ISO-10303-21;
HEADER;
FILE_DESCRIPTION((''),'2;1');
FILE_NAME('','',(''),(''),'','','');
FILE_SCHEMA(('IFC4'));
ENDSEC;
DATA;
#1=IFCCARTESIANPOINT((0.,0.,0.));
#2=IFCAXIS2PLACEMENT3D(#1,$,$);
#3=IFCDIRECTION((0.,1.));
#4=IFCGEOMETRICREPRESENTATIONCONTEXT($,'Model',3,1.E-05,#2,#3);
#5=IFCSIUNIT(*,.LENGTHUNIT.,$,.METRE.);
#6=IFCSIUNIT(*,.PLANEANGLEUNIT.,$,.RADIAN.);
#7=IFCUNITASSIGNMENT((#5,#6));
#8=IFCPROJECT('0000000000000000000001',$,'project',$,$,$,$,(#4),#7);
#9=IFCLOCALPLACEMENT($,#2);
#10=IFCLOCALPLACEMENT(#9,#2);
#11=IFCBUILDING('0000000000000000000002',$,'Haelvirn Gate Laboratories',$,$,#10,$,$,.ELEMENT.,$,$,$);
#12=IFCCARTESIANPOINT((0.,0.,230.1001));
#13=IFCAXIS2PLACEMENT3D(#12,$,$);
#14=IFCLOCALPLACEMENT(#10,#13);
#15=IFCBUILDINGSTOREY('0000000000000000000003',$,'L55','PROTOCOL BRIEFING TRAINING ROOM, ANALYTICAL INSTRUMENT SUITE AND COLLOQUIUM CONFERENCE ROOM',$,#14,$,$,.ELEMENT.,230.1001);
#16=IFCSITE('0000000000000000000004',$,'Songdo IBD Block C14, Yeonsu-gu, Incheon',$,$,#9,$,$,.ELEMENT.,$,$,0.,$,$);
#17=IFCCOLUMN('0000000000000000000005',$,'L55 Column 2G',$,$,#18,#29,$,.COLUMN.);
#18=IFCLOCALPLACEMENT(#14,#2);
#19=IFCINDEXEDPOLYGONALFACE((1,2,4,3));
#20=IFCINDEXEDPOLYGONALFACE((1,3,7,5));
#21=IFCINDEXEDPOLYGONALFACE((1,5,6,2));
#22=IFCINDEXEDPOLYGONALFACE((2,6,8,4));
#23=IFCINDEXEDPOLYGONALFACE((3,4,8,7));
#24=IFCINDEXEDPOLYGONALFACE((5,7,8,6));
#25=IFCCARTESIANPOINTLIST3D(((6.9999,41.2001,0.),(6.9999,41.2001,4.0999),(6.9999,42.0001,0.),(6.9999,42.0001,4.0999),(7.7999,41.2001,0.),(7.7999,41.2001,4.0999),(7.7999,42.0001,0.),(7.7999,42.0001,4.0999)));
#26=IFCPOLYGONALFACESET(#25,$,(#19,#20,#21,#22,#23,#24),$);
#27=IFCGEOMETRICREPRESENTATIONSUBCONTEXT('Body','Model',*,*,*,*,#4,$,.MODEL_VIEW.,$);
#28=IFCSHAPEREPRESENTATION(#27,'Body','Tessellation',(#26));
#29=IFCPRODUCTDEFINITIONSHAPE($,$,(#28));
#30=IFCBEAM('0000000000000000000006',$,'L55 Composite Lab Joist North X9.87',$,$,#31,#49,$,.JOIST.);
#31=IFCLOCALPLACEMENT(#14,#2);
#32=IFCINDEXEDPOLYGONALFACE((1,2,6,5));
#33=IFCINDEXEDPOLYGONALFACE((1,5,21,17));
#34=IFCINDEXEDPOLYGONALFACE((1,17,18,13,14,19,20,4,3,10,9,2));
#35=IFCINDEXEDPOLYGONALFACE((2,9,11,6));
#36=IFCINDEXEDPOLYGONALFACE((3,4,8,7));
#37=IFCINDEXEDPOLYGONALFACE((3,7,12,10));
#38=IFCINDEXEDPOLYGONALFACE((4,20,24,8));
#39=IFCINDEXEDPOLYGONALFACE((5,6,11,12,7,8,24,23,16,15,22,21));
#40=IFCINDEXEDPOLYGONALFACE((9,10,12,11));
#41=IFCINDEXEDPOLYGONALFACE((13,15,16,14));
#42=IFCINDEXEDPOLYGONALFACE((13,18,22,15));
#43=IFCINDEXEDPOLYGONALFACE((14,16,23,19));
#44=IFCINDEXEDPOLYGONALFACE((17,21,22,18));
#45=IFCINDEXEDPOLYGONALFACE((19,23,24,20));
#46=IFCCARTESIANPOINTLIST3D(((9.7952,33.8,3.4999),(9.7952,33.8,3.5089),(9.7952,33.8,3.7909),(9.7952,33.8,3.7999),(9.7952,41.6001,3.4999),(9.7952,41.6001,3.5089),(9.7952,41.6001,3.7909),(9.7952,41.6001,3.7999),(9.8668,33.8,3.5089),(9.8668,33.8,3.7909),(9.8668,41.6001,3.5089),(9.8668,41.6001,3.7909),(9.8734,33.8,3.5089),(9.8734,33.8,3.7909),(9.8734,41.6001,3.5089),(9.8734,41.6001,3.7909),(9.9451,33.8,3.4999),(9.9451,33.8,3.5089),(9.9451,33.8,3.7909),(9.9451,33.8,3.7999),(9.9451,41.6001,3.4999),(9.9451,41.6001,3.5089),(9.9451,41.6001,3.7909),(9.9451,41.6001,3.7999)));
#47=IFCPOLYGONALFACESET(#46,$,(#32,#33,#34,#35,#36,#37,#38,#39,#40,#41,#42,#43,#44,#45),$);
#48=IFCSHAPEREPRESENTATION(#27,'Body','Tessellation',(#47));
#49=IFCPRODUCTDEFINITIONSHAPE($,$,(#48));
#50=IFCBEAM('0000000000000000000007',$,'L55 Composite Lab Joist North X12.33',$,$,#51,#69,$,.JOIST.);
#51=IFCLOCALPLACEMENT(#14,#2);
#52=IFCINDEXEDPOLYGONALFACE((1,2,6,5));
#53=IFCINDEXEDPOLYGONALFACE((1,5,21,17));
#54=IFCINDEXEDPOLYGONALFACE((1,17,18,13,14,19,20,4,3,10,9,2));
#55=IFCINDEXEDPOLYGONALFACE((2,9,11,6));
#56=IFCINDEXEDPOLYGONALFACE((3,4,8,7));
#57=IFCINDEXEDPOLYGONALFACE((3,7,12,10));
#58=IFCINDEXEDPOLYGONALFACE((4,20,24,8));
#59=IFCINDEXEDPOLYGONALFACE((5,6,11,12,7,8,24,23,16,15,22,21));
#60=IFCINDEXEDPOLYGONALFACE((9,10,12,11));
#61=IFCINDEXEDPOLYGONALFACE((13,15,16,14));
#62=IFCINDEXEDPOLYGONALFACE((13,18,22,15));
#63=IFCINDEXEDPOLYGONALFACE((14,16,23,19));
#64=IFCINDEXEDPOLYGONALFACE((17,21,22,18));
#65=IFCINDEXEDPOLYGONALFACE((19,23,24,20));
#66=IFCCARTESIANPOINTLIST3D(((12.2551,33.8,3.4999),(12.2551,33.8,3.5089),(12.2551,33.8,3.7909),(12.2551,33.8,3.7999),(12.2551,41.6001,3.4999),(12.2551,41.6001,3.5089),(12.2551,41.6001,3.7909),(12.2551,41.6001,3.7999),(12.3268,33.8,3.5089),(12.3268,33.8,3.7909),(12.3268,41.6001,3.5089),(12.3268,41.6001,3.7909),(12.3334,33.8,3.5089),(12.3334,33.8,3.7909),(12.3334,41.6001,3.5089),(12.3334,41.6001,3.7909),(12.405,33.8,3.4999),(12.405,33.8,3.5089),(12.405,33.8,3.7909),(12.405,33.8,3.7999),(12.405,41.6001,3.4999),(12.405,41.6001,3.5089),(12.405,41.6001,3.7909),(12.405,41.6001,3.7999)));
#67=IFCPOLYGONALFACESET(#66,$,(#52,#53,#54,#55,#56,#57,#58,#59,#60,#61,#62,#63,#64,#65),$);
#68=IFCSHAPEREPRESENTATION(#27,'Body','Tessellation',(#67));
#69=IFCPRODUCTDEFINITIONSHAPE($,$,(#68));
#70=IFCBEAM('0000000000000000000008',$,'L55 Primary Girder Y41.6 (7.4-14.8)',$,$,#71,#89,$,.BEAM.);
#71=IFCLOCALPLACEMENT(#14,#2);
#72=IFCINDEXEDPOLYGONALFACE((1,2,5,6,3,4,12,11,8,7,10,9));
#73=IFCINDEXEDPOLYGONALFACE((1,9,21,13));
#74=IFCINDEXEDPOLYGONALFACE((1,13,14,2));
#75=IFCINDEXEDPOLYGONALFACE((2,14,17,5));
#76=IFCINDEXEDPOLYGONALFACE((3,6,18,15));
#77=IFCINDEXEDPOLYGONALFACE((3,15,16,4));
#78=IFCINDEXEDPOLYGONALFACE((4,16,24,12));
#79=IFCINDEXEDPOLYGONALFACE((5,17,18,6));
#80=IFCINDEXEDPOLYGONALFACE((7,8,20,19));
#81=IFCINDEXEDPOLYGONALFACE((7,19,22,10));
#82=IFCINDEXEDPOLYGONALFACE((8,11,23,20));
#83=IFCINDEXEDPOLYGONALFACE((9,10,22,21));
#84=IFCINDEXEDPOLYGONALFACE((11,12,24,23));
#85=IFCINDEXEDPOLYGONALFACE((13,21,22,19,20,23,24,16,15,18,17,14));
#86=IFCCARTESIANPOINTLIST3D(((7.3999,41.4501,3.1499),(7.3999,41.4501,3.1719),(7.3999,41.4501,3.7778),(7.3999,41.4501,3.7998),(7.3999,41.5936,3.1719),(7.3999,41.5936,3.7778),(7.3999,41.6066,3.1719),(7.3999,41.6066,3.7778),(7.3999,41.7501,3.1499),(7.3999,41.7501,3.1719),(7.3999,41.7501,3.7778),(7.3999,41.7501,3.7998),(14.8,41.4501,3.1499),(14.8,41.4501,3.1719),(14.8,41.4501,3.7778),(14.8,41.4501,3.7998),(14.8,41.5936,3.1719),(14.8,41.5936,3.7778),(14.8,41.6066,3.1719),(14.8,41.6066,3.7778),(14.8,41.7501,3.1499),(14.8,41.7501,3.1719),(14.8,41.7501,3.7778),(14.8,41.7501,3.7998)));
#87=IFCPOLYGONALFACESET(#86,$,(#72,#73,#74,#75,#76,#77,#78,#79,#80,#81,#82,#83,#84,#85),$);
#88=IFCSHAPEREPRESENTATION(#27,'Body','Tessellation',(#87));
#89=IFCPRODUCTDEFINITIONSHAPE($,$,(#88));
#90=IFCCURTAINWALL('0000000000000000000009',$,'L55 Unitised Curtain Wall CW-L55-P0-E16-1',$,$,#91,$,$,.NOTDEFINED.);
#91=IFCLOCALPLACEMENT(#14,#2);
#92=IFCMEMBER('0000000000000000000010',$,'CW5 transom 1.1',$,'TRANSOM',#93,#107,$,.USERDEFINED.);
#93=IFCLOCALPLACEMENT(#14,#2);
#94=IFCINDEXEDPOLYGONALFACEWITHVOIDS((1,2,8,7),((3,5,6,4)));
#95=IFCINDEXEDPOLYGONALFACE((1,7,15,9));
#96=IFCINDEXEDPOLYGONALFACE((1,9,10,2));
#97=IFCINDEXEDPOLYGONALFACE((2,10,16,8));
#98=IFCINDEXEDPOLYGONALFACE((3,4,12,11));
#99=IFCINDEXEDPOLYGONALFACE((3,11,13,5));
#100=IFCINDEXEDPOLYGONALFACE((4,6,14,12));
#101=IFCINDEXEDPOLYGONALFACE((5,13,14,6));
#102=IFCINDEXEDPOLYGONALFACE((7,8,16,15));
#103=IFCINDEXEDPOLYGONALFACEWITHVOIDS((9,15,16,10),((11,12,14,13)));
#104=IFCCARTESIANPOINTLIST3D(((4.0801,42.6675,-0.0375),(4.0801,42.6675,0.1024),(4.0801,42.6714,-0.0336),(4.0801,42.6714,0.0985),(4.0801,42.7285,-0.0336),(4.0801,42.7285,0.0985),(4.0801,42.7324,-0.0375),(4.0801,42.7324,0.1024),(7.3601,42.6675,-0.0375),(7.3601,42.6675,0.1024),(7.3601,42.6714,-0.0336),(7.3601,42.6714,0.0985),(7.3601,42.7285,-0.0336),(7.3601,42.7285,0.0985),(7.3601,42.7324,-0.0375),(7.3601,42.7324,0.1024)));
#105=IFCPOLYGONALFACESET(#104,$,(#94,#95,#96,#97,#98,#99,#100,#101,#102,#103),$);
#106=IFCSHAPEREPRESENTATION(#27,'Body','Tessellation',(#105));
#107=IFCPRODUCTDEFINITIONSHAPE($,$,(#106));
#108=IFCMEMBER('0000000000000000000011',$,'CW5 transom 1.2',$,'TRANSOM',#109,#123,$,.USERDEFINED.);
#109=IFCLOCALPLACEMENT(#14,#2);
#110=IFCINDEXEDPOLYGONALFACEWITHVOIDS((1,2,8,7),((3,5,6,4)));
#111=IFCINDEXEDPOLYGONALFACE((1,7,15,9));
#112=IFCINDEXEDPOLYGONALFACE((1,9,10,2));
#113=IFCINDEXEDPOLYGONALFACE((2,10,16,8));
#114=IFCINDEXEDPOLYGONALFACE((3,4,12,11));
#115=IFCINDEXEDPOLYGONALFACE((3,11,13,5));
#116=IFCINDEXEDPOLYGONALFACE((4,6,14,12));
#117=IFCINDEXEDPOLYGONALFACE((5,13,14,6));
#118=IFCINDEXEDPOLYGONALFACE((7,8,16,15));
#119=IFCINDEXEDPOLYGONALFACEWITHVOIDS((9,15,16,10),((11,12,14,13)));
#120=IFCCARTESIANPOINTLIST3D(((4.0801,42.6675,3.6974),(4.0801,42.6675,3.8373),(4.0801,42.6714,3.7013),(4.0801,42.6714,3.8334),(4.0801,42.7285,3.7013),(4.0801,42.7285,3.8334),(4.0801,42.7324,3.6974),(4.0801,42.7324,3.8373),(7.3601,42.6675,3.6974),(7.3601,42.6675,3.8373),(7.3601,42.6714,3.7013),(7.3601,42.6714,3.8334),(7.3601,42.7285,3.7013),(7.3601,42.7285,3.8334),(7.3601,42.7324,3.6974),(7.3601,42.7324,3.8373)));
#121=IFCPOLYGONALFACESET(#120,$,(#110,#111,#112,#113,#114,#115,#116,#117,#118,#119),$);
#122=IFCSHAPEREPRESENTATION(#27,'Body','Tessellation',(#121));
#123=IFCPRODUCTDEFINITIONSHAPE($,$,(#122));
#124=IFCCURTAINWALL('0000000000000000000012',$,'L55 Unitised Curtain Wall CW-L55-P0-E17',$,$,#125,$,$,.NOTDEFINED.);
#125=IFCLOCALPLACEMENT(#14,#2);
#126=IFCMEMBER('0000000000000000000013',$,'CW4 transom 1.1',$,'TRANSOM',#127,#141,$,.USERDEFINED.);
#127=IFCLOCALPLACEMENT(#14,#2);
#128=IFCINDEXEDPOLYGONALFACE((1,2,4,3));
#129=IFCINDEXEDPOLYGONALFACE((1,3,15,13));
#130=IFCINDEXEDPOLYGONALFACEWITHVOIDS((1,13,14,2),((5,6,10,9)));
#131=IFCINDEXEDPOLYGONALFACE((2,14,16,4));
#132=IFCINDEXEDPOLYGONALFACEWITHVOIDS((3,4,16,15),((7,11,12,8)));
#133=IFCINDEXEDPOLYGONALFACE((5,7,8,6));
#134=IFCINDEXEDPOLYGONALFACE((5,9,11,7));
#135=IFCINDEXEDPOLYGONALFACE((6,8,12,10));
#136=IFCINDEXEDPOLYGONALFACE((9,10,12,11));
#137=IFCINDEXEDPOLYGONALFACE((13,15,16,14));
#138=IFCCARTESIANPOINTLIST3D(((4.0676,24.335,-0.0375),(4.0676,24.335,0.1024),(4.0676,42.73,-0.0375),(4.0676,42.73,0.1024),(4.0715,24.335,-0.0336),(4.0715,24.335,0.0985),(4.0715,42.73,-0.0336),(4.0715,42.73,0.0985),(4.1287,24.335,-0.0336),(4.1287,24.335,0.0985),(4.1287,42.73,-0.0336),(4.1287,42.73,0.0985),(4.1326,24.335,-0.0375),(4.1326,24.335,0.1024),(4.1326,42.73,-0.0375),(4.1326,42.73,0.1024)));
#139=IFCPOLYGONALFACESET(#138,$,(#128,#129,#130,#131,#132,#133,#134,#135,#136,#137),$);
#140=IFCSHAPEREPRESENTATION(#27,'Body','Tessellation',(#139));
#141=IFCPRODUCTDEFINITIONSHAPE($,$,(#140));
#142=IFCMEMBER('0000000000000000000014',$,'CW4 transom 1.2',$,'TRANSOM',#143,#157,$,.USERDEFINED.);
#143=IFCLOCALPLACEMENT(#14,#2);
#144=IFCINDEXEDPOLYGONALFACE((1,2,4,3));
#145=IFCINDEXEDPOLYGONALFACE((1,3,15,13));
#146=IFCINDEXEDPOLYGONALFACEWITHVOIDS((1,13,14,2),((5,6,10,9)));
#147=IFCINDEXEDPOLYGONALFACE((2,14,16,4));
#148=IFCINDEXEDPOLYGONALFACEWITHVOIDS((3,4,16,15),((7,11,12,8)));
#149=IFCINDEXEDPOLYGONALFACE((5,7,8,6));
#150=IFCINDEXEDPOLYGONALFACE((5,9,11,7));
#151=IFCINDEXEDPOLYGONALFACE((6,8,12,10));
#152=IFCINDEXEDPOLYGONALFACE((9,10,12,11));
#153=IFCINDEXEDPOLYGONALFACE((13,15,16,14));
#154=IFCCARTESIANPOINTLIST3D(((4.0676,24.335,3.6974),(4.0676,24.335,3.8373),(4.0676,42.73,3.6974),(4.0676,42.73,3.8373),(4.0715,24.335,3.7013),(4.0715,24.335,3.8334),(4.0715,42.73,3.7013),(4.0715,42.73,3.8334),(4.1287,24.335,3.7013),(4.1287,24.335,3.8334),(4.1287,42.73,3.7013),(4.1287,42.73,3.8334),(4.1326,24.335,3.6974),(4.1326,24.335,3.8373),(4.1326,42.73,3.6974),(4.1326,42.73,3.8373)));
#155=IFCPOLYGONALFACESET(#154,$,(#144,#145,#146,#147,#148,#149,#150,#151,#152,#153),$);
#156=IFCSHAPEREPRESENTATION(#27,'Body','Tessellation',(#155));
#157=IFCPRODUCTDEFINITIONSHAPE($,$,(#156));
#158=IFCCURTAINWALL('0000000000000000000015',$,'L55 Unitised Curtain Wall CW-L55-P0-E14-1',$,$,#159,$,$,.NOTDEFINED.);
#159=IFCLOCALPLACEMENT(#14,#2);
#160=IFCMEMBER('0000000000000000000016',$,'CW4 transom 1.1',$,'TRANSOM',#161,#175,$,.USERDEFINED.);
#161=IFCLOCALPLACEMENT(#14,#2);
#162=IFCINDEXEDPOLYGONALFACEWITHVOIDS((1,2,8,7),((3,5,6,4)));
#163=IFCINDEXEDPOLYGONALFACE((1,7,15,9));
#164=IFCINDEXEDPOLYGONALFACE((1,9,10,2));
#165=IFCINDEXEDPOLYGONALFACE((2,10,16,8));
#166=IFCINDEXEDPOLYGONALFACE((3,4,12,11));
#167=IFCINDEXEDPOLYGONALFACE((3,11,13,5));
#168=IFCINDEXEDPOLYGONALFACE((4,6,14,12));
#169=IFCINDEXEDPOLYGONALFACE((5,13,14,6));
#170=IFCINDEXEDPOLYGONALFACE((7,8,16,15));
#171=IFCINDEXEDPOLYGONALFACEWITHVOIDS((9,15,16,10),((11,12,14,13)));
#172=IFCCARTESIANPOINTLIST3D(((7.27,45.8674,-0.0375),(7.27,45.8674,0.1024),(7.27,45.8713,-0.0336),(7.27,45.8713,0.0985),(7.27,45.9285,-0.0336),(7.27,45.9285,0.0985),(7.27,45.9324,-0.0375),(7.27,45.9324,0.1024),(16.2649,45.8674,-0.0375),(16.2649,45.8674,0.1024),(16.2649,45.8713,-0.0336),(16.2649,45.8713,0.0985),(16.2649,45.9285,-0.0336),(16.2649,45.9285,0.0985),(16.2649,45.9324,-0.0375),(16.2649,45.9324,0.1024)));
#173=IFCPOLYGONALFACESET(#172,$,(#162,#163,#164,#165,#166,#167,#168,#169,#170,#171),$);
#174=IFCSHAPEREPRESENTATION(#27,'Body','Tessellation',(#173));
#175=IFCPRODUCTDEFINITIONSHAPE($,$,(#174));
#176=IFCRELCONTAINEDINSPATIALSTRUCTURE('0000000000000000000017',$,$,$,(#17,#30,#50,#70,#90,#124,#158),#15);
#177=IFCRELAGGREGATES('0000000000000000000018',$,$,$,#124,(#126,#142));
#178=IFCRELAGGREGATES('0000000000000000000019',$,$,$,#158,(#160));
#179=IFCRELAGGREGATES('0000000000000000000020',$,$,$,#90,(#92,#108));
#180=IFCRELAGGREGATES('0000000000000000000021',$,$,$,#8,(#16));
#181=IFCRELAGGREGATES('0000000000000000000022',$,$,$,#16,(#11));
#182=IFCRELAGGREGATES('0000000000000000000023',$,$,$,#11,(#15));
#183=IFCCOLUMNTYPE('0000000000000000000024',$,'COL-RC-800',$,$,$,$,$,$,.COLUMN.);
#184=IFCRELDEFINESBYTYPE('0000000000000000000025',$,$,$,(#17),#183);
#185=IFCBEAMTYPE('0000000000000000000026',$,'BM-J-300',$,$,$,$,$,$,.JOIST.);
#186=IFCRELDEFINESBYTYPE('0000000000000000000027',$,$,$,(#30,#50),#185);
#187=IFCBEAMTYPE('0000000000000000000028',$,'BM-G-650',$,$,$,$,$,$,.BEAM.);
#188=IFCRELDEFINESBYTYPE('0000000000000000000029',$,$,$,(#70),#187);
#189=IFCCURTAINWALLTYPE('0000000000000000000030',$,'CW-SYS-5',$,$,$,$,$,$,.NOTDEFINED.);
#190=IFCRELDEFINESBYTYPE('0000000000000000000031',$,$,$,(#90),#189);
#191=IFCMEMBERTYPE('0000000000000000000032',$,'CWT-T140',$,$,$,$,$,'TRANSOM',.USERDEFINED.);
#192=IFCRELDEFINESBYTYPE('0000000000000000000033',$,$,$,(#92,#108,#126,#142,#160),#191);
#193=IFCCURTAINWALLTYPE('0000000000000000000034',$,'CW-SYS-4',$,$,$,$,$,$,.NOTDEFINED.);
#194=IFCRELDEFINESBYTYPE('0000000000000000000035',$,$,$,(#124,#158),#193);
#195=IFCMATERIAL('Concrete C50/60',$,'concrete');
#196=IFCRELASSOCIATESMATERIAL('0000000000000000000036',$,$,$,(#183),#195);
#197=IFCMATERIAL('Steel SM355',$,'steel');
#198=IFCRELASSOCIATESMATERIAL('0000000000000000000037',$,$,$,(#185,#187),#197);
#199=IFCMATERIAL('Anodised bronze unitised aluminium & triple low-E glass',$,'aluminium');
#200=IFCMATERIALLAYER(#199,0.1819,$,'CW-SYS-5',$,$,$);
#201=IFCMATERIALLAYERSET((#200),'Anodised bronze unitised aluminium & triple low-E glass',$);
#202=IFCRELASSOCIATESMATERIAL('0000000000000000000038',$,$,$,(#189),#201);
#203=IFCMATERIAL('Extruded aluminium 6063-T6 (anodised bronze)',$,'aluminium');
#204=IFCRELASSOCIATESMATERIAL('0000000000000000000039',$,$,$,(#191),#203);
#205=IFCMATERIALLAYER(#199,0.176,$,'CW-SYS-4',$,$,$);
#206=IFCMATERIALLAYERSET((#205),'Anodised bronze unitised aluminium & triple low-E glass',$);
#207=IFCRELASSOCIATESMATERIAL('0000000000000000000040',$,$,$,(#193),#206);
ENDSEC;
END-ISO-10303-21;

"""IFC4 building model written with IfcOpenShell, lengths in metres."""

from ifc_helpers import new_model, si_unit, direction, frame, origin, origin_2d, place, context, subcontext, project, spatial, rectangle, hollow_rectangle, i_section, extrude, source, transform, mapped, material, layer, layer_set, material_profile, profile_set, type_object, type_shapes, element, aggregate, save


model = new_model("IFC4")

# Units and contexts
model_context = context("Model", 3, precision=1e-05, world=origin(), true_north=direction((0.0, 1.0)))
body_context = subcontext(model_context, "Body", "Model", "MODEL_VIEW")
ifc_project = project(units=[si_unit("LENGTHUNIT", "METRE"), si_unit("PLANEANGLEUNIT", "RADIAN")], contexts=[model_context])

# Site, building, storey
site_placement = place(None, origin())
site = spatial("IfcSite", under=ifc_project, at=site_placement, Name="Songdo IBD Block C14, Yeonsu-gu, Incheon", CompositionType="ELEMENT", RefElevation=0.0)
building_placement = place(site_placement, origin())
building = spatial("IfcBuilding", under=site, at=building_placement, Name="Haelvirn Gate Laboratories", CompositionType="ELEMENT")
storey_placement = place(building_placement, frame((0.0, 0.0, 230.1001)))
storey = spatial("IfcBuildingStorey", under=building, at=storey_placement, Name="L55", Description="PROTOCOL BRIEFING TRAINING ROOM, ANALYTICAL INSTRUMENT SUITE AND COLLOQUIUM CONFERENCE ROOM", CompositionType="ELEMENT", Elevation=230.1001)

# Column
ifc_material_1 = material(Name="Concrete C50/60", Category="concrete")
ifc_material_profile_1 = material_profile(ifc_material_1, rectangle(XDim=0.8, YDim=0.8, at=origin_2d()), Name="RC-800x800")
ifc_profile_set_1 = profile_set([ifc_material_profile_1], Name="Concrete C50/60")
column_type = type_object("IfcColumnType", Name="COL-RC-800", PredefinedType="COLUMN", material=ifc_profile_set_1)
shared_shape_1 = source(origin(), body_context, "Body", "SweptSolid", [
    extrude(rectangle(XDim=0.8, YDim=0.8, at=origin_2d()), origin(), (0.0, 0.0, 1.0), 4.0999),
])
type_shapes(column_type, [shared_shape_1])
column_placement = place(storey_placement, frame((7.3999, 41.6001, 0.0), z_axis=(0.0, 0.0, 1.0), x_axis=(1.0, 0.0, 0.0)))
element("IfcColumn", 1, at=column_placement, inside=storey, type_object=column_type, Name="L55 Column 2G", PredefinedType="COLUMN", context=body_context, shape_type="MappedRepresentation", body=[
    mapped(shared_shape_1, transform((0.0, 0.0, 0.0), scale=1.0)),
])

# Beams
ifc_material_2 = material(Name="Steel SM355", Category="steel")
ifc_material_profile_2 = material_profile(ifc_material_2, i_section(OverallWidth=0.1499, OverallDepth=0.3, WebThickness=0.0066, FlangeThickness=0.009, at=origin_2d()), Name="H-300x150x6.5x9")
ifc_profile_set_2 = profile_set([ifc_material_profile_2], Name="Steel SM355")
beam_type_1 = type_object("IfcBeamType", Name="BM-J-300", PredefinedType="JOIST", material=ifc_profile_set_2)
shared_shape_2 = source(origin(), body_context, "Body", "SweptSolid", [
    extrude(i_section(OverallWidth=0.1499, OverallDepth=0.3, WebThickness=0.0066, FlangeThickness=0.009, at=origin_2d()), origin(), (0.0, 0.0, 1.0), 7.8),
])
type_shapes(beam_type_1, [shared_shape_2])
for number, where, z_axis, x_axis, name in (
    (2, (9.8701, 33.8, 3.6499), (0.0, 1.0, 0.0), (-1.0, 0.0, 0.0), "L55 Composite Lab Joist North X9.87"),
    (3, (12.3301, 33.8, 3.6499), (0.0, 1.0, 0.0), (-1.0, 0.0, 0.0), "L55 Composite Lab Joist North X12.33"),
):
    element("IfcBeam", number, at=place(storey_placement, frame(where, z_axis=z_axis, x_axis=x_axis)), inside=storey, type_object=beam_type_1, Name=name, PredefinedType="JOIST", context=body_context, shape_type="MappedRepresentation", body=[
        mapped(shared_shape_2, transform((0.0, 0.0, 0.0), scale=1.0)),
    ])
ifc_material_profile_3 = material_profile(ifc_material_2, i_section(OverallWidth=0.3, OverallDepth=0.6499, WebThickness=0.0129, FlangeThickness=0.022, at=origin_2d()), Name="H-650x300x13x22")
ifc_profile_set_3 = profile_set([ifc_material_profile_3], Name="Steel SM355")
beam_type_2 = type_object("IfcBeamType", Name="BM-G-650", PredefinedType="BEAM", material=ifc_profile_set_3)
shared_shape_3 = source(origin(), body_context, "Body", "SweptSolid", [
    extrude(i_section(OverallWidth=0.3, OverallDepth=0.6499, WebThickness=0.0129, FlangeThickness=0.022, at=origin_2d()), origin(), (0.0, 0.0, 1.0), 7.4001),
])
type_shapes(beam_type_2, [shared_shape_3])
beam_placement = place(storey_placement, frame((7.3999, 41.6001, 3.4749), z_axis=(1.0, 0.0, 0.0), x_axis=(0.0, 1.0, 0.0)))
element("IfcBeam", 4, at=beam_placement, inside=storey, type_object=beam_type_2, Name="L55 Primary Girder Y41.6 (7.4-14.8)", PredefinedType="BEAM", context=body_context, shape_type="MappedRepresentation", body=[
    mapped(shared_shape_3, transform((0.0, 0.0, 0.0), scale=1.0)),
])

# Curtain walls, members
ifc_material_3 = material(Name="Anodised bronze unitised aluminium & triple low-E glass", Category="aluminium")
ifc_layer_1 = layer(ifc_material_3, 0.1819, Name="CW-SYS-5")
ifc_layer_set_1 = layer_set([ifc_layer_1], Name="Anodised bronze unitised aluminium & triple low-E glass")
curtain_wall_type_1 = type_object("IfcCurtainWallType", Name="CW-SYS-5", PredefinedType="NOTDEFINED", material=ifc_layer_set_1)
curtain_wall_1_placement = place(storey_placement, origin())
curtain_wall_1 = element("IfcCurtainWall", 5, at=curtain_wall_1_placement, inside=storey, type_object=curtain_wall_type_1, Name="L55 Unitised Curtain Wall CW-L55-P0-E16-1", PredefinedType="NOTDEFINED")
ifc_material_4 = material(Name="Extruded aluminium 6063-T6 (anodised bronze)", Category="aluminium")
ifc_material_profile_4 = material_profile(ifc_material_4, hollow_rectangle(XDim=0.0649, YDim=0.1399, WallThickness=0.0039, at=origin_2d()), Name="CWT-140x65x4")
ifc_profile_set_4 = profile_set([ifc_material_profile_4], Name="Extruded aluminium 6063-T6 (anodised bronze)")
member_type_1 = type_object("IfcMemberType", Name="CWT-T140", ElementType="TRANSOM", PredefinedType="USERDEFINED", material=ifc_profile_set_4)
shared_shape_4 = source(origin(), body_context, "Body", "SweptSolid", [
    extrude(hollow_rectangle(XDim=0.0649, YDim=0.1399, WallThickness=0.0039, at=origin_2d()), origin(), (0.0, 0.0, 1.0), 3.28),
])
member_1_placement = place(storey_placement, frame((4.0801, 42.7, 0.0325), z_axis=(1.0, 0.0, 0.0), x_axis=(0.0, 1.0, 0.0)))
member_1 = element("IfcMember", 6, at=member_1_placement, type_object=member_type_1, Name="CW5 transom 1.1", ObjectType="TRANSOM", PredefinedType="USERDEFINED", context=body_context, shape_type="MappedRepresentation", body=[
    mapped(shared_shape_4, transform((0.0, 0.0, 0.0), scale=1.0)),
])
member_2_placement = place(storey_placement, frame((4.0801, 42.7, 3.7673), z_axis=(1.0, 0.0, 0.0), x_axis=(0.0, 1.0, 0.0)))
member_2 = element("IfcMember", 7, at=member_2_placement, type_object=member_type_1, Name="CW5 transom 1.2", ObjectType="TRANSOM", PredefinedType="USERDEFINED", context=body_context, shape_type="MappedRepresentation", body=[
    mapped(shared_shape_4, transform((0.0, 0.0, 0.0), scale=1.0)),
])
ifc_layer_2 = layer(ifc_material_3, 0.176, Name="CW-SYS-4")
ifc_layer_set_2 = layer_set([ifc_layer_2], Name="Anodised bronze unitised aluminium & triple low-E glass")
curtain_wall_type_2 = type_object("IfcCurtainWallType", Name="CW-SYS-4", PredefinedType="NOTDEFINED", material=ifc_layer_set_2)
curtain_wall_2_placement = place(storey_placement, origin())
curtain_wall_2 = element("IfcCurtainWall", 8, at=curtain_wall_2_placement, inside=storey, type_object=curtain_wall_type_2, Name="L55 Unitised Curtain Wall CW-L55-P0-E17", PredefinedType="NOTDEFINED")
shared_shape_5 = source(origin(), body_context, "Body", "SweptSolid", [
    extrude(hollow_rectangle(XDim=0.0649, YDim=0.1399, WallThickness=0.0039, at=origin_2d()), origin(), (0.0, 0.0, 1.0), 18.395),
])
member_3_placement = place(storey_placement, frame((4.1001, 42.73, 0.0325), z_axis=(0.0, -1.0, 0.0), x_axis=(1.0, 0.0, 0.0)))
member_3 = element("IfcMember", 9, at=member_3_placement, type_object=member_type_1, Name="CW4 transom 1.1", ObjectType="TRANSOM", PredefinedType="USERDEFINED", context=body_context, shape_type="MappedRepresentation", body=[
    mapped(shared_shape_5, transform((0.0, 0.0, 0.0), scale=1.0)),
])
member_4_placement = place(storey_placement, frame((4.1001, 42.73, 3.7673), z_axis=(0.0, -1.0, 0.0), x_axis=(1.0, 0.0, 0.0)))
member_4 = element("IfcMember", 10, at=member_4_placement, type_object=member_type_1, Name="CW4 transom 1.2", ObjectType="TRANSOM", PredefinedType="USERDEFINED", context=body_context, shape_type="MappedRepresentation", body=[
    mapped(shared_shape_5, transform((0.0, 0.0, 0.0), scale=1.0)),
])
curtain_wall_3_placement = place(storey_placement, origin())
curtain_wall_3 = element("IfcCurtainWall", 11, at=curtain_wall_3_placement, inside=storey, type_object=curtain_wall_type_2, Name="L55 Unitised Curtain Wall CW-L55-P0-E14-1", PredefinedType="NOTDEFINED")
shared_shape_6 = source(origin(), body_context, "Body", "SweptSolid", [
    extrude(hollow_rectangle(XDim=0.0649, YDim=0.1399, WallThickness=0.0039, at=origin_2d()), origin(), (0.0, 0.0, 1.0), 8.9949),
])
type_shapes(member_type_1, [shared_shape_4, shared_shape_5, shared_shape_6])
member_5_placement = place(storey_placement, frame((7.27, 45.8999, 0.0325), z_axis=(1.0, 0.0, 0.0), x_axis=(0.0, 1.0, 0.0)))
member_5 = element("IfcMember", 12, at=member_5_placement, type_object=member_type_1, Name="CW4 transom 1.1", ObjectType="TRANSOM", PredefinedType="USERDEFINED", context=body_context, shape_type="MappedRepresentation", body=[
    mapped(shared_shape_6, transform((0.0, 0.0, 0.0), scale=1.0)),
])

aggregate(curtain_wall_2, [member_3, member_4])

aggregate(curtain_wall_3, [member_5])
aggregate(curtain_wall_1, [member_1, member_2])

save(model, "model.ifc")
